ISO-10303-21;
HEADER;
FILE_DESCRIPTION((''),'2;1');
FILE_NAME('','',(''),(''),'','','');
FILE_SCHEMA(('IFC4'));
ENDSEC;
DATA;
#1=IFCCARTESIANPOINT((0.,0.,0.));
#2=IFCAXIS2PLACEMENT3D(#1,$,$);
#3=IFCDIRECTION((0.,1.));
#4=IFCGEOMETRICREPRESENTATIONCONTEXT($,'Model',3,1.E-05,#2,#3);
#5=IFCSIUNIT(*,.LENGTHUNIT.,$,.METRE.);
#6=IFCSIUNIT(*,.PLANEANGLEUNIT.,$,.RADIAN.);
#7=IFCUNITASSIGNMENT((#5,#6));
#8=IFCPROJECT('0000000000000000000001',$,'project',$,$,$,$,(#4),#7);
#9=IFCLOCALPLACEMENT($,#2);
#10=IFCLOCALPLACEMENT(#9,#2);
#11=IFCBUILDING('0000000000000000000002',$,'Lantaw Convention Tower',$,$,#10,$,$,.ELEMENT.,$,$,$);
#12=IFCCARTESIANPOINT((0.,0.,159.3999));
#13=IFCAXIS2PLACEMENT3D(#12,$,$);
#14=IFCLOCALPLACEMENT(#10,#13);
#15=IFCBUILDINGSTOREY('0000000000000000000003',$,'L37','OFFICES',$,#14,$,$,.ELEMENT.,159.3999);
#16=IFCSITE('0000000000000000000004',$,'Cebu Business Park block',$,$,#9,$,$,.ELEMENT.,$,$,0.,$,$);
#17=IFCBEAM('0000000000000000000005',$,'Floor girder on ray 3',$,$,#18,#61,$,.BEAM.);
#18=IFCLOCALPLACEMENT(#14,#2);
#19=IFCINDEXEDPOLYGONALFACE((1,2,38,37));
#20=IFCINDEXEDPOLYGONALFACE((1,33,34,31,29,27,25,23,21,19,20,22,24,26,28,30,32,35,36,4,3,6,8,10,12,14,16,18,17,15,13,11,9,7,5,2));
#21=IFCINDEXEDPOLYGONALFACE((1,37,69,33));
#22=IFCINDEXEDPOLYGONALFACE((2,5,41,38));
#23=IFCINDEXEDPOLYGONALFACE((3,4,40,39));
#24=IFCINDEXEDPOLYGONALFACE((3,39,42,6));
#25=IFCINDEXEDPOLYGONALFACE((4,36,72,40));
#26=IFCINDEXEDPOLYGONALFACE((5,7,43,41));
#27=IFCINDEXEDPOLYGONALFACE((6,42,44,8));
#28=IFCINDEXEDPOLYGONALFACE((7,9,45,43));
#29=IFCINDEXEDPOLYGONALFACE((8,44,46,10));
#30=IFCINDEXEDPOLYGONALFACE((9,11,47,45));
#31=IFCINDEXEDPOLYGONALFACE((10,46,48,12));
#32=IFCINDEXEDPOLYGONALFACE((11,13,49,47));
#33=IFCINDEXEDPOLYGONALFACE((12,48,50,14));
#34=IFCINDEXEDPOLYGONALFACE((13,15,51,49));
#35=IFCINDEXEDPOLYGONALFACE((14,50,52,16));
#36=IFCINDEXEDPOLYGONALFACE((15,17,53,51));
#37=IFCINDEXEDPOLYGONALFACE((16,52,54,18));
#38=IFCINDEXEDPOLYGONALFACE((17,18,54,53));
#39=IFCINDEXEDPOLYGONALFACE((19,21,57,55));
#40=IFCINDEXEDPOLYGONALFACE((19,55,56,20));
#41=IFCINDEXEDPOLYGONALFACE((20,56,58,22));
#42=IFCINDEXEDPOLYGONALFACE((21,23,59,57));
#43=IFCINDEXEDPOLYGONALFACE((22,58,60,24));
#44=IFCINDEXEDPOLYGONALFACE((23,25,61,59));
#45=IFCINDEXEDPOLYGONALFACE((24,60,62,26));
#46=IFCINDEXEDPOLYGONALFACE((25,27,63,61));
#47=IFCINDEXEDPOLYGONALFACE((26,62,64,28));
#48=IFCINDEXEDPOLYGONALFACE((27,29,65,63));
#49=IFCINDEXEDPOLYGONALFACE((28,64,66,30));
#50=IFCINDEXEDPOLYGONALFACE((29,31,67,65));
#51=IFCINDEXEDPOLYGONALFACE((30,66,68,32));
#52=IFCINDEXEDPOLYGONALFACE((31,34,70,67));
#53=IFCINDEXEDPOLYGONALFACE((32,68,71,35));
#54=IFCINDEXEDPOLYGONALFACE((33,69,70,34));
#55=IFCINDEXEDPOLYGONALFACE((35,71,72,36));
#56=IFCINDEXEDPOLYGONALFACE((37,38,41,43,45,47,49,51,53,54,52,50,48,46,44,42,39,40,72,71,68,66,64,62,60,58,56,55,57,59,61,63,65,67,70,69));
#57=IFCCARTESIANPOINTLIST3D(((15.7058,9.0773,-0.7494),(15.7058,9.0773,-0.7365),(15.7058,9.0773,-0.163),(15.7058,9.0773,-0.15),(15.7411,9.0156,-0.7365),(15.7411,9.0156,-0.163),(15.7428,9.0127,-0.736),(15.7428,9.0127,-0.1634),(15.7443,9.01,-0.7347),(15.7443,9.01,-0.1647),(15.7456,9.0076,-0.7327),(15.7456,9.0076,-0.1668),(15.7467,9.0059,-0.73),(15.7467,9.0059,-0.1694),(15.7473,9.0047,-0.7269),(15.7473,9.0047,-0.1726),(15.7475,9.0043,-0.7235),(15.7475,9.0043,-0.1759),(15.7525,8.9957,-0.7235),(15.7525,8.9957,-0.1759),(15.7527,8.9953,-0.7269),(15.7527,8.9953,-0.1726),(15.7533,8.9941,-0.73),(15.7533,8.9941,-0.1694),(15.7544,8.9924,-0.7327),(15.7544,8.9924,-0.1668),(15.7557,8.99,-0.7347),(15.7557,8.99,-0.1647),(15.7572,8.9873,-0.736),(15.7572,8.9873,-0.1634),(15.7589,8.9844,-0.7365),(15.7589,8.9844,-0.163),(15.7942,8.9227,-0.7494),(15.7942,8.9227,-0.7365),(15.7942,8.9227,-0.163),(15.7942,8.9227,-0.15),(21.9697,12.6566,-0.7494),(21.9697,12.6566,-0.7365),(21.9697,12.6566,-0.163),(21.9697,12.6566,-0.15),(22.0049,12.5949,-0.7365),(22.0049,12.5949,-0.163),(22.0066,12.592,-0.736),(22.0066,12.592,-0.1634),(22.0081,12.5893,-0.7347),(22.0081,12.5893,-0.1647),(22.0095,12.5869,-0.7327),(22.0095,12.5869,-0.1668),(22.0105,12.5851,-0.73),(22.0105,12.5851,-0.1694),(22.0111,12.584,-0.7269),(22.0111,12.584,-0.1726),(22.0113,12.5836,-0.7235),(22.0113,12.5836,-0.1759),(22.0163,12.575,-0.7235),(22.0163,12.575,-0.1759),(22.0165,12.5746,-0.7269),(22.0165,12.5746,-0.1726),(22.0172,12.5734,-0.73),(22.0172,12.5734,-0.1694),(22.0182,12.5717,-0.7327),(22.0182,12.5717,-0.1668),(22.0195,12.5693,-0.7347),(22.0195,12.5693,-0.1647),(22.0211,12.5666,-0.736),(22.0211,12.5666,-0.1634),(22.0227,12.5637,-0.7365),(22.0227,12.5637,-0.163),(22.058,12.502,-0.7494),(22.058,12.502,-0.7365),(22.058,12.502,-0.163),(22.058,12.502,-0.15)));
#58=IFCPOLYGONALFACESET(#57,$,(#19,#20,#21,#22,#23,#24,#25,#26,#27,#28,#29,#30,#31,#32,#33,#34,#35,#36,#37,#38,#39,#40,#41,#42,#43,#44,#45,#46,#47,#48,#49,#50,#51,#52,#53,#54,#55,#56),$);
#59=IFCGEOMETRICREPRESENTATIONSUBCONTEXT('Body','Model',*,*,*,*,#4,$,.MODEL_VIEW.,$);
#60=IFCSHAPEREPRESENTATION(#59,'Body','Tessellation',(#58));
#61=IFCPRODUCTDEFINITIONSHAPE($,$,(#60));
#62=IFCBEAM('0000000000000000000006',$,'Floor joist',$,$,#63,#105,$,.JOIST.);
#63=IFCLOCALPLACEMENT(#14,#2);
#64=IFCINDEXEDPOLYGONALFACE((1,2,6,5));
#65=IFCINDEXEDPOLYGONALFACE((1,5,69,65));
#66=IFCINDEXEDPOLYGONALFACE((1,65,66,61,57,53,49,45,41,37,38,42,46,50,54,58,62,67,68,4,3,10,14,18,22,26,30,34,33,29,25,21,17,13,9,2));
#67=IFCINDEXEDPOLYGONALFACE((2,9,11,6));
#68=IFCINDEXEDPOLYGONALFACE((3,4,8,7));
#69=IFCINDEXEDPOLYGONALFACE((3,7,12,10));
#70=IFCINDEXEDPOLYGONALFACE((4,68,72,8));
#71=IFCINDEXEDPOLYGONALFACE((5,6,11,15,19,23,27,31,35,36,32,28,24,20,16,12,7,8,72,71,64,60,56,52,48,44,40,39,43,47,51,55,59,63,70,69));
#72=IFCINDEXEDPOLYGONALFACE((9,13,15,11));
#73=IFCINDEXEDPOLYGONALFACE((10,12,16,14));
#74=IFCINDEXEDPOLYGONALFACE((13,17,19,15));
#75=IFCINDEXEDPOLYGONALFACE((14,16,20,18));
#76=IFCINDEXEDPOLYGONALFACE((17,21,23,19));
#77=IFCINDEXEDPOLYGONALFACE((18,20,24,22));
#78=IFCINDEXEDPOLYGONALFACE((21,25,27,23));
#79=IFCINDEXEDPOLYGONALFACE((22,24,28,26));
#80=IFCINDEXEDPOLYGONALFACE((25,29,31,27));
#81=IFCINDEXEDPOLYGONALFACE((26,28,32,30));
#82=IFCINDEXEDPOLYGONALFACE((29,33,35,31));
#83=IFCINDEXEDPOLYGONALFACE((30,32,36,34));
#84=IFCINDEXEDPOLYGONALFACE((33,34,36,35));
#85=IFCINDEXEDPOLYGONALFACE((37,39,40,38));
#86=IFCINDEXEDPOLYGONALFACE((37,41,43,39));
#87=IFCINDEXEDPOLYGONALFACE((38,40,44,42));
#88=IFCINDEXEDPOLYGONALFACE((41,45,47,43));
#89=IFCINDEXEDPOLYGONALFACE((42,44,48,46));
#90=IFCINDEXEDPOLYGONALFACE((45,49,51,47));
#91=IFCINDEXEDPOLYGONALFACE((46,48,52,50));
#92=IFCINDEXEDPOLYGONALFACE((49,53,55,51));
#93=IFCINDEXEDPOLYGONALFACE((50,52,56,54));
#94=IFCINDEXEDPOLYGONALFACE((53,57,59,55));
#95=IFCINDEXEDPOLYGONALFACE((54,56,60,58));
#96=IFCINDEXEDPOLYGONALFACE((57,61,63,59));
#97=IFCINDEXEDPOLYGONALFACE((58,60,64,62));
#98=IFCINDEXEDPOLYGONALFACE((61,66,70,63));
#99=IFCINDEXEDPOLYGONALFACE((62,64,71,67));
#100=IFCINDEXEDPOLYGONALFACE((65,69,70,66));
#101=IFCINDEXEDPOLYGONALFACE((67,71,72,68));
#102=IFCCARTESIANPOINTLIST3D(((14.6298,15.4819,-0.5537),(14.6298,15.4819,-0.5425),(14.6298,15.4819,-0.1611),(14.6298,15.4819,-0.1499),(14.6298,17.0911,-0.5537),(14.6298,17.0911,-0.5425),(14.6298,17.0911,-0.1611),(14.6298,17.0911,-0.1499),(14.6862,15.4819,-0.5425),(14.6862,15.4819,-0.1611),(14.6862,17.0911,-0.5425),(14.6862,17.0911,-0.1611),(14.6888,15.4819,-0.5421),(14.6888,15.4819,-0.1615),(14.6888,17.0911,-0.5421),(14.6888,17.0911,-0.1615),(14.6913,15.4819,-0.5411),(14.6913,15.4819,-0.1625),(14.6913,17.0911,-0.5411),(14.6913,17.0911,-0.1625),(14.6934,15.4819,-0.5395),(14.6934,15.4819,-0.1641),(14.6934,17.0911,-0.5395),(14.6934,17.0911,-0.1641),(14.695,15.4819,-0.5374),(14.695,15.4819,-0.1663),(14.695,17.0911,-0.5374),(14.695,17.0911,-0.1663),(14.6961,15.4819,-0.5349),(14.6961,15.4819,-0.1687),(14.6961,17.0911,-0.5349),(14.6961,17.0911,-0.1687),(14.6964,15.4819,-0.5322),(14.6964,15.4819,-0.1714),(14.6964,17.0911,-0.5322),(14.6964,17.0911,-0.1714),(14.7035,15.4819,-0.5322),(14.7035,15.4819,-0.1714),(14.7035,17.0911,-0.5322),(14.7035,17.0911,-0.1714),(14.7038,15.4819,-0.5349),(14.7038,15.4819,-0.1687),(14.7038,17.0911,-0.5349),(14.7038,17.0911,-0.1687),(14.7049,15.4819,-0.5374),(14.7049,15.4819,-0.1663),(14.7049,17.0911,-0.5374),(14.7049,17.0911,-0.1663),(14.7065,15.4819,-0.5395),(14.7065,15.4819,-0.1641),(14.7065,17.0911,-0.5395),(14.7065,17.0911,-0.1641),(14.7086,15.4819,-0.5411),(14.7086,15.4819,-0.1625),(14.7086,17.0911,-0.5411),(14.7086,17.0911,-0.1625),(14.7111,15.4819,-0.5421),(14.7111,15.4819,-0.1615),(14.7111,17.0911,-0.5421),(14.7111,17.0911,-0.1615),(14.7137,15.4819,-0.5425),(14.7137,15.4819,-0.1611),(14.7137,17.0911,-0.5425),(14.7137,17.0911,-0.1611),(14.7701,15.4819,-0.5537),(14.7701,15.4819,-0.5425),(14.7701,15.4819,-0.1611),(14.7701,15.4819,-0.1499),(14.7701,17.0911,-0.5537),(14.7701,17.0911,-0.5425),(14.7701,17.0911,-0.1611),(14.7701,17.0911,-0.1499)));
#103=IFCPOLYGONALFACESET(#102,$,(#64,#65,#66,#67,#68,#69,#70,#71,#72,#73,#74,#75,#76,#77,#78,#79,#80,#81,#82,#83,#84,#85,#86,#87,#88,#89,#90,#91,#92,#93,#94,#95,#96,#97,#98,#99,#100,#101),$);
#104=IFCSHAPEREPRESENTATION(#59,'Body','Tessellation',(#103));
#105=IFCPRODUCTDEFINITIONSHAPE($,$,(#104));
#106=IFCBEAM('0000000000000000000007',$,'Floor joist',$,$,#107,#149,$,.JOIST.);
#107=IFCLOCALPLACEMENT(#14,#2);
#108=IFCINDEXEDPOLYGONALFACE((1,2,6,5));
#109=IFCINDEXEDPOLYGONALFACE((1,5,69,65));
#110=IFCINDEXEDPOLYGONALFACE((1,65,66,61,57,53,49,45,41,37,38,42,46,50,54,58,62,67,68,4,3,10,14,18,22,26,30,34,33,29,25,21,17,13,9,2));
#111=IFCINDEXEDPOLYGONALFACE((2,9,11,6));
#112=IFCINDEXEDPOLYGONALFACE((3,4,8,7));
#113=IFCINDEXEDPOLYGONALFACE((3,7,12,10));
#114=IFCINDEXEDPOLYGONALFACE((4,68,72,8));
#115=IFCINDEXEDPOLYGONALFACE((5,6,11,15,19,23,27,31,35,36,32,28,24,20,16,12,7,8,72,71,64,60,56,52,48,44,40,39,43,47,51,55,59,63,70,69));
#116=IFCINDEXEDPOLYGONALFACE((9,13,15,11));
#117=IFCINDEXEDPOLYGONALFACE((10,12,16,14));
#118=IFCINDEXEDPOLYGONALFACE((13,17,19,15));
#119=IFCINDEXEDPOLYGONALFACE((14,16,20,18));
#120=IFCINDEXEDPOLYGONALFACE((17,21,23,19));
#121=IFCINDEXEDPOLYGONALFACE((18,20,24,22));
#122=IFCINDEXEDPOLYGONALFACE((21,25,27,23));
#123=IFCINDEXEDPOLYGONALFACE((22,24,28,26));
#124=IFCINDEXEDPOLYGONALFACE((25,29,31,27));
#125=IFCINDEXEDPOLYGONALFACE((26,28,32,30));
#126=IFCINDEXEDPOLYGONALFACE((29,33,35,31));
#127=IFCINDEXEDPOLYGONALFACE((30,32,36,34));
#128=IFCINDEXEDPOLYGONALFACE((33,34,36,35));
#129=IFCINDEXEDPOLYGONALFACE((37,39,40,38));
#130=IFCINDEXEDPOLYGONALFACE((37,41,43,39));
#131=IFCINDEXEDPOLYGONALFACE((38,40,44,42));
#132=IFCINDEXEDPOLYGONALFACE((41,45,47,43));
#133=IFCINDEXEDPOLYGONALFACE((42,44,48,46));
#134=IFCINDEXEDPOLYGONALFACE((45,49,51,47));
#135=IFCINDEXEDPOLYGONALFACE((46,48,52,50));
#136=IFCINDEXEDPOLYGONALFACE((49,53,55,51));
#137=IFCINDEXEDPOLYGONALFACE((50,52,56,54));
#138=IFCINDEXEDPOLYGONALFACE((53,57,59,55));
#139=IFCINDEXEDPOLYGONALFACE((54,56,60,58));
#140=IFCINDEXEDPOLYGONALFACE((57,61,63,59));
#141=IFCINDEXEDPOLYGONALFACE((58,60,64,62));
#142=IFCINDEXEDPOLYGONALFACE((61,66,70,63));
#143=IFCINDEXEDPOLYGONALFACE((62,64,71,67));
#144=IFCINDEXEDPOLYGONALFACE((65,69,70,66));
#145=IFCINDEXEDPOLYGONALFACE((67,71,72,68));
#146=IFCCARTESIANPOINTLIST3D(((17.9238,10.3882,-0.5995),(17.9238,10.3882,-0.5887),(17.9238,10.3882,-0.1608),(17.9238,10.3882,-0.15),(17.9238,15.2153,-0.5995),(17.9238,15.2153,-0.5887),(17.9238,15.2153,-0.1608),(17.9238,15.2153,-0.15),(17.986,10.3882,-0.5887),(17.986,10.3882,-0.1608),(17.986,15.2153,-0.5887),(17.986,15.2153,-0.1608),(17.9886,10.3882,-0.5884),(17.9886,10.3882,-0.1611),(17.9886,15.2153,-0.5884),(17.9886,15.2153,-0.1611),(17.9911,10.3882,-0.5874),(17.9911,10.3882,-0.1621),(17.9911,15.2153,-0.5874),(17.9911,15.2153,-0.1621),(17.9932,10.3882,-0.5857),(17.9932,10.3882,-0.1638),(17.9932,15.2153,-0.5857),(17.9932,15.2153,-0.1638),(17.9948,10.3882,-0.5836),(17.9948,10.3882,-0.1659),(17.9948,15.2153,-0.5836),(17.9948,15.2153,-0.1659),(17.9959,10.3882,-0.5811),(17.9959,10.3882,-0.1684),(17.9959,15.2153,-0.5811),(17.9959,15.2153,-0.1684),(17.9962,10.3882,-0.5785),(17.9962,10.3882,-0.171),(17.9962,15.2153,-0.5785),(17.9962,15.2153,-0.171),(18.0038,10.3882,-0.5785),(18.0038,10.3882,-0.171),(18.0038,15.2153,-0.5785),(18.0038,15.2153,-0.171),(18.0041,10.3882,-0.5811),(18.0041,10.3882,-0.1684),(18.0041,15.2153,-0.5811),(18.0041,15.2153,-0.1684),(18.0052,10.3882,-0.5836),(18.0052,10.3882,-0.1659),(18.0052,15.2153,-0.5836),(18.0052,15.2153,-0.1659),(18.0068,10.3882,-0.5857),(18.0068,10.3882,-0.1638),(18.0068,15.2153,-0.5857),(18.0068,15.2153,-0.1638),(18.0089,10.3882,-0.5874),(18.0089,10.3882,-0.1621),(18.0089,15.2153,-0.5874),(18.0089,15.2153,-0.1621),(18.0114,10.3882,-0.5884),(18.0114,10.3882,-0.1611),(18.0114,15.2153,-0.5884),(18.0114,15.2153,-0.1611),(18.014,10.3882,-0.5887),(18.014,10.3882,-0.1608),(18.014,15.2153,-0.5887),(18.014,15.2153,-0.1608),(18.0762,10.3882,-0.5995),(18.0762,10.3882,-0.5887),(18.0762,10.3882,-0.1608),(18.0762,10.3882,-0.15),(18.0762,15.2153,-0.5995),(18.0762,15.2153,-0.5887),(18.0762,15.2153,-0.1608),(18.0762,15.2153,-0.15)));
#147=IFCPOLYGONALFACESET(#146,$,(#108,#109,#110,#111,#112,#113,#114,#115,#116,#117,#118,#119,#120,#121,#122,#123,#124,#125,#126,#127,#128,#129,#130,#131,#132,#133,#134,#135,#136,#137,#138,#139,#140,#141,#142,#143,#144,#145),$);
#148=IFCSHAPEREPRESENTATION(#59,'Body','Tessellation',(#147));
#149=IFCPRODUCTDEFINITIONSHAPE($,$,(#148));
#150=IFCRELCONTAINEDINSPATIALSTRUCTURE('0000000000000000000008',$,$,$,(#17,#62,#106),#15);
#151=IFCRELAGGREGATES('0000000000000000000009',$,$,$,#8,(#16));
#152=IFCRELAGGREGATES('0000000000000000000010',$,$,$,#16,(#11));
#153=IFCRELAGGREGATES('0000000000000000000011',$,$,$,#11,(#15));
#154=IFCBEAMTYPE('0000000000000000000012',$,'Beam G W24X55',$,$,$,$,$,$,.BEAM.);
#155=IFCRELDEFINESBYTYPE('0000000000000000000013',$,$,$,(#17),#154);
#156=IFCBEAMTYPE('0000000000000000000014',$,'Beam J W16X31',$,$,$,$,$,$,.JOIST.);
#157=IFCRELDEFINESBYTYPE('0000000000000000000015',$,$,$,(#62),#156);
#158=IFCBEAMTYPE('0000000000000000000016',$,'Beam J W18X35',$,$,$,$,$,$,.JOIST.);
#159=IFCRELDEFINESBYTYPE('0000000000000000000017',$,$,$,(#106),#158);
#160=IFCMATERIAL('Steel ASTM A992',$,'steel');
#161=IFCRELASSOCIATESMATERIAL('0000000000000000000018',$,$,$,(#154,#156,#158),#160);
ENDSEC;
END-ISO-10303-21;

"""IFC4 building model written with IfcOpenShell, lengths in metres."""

from ifc_helpers import new_model, si_unit, direction, frame, origin, origin_2d, place, context, subcontext, project, spatial, i_section, extrude, material, material_profile, profile_set, type_object, element, save


model = new_model("IFC4")

# Units and contexts
model_context = context("Model", 3, precision=1e-05, world=origin(), true_north=direction((0.0, 1.0)))
body_context = subcontext(model_context, "Body", "Model", "MODEL_VIEW")
ifc_project = project(units=[si_unit("LENGTHUNIT", "METRE"), si_unit("PLANEANGLEUNIT", "RADIAN")], contexts=[model_context])

# Site, building, storey
site_placement = place(None, origin())
site = spatial("IfcSite", under=ifc_project, at=site_placement, Name="Cebu Business Park block", CompositionType="ELEMENT", RefElevation=0.0)
building_placement = place(site_placement, origin())
building = spatial("IfcBuilding", under=site, at=building_placement, Name="Lantaw Convention Tower", CompositionType="ELEMENT")
storey_placement = place(building_placement, frame((0.0, 0.0, 159.3999)))
storey = spatial("IfcBuildingStorey", under=building, at=storey_placement, Name="L37", Description="OFFICES", CompositionType="ELEMENT", Elevation=159.3999)

# Beams
ifc_material_1 = material(Name="Steel ASTM A992", Category="steel")
ifc_material_profile_1 = material_profile(ifc_material_1, i_section(OverallWidth=0.178, OverallDepth=0.5994, WebThickness=0.01, FlangeThickness=0.0129, FilletRadius=0.0129, at=origin_2d()), Name="W24X55")
ifc_profile_set_1 = profile_set([ifc_material_profile_1], Name="Steel ASTM A992")
beam_type_1 = type_object("IfcBeamType", Name="Beam G W24X55", PredefinedType="BEAM", material=ifc_profile_set_1)
beam_1_placement = place(storey_placement, frame((15.75, 9.0, -0.4497), z_axis=(0.868245, 0.496135, 0.0), x_axis=(-0.496135, 0.868245, 0.0)))
element("IfcBeam", 1, at=beam_1_placement, inside=storey, type_object=beam_type_1, Name="Floor girder on ray 3", PredefinedType="BEAM", context=body_context, shape_type="SweptSolid", body=[
    extrude(i_section(OverallWidth=0.178, OverallDepth=0.5994, WebThickness=0.01, FlangeThickness=0.0129, FilletRadius=0.0129, at=origin_2d()), origin(), (0.0, 0.0, 1.0), 7.2144),
])
ifc_material_profile_2 = material_profile(ifc_material_1, i_section(OverallWidth=0.1404, OverallDepth=0.4038, WebThickness=0.0071, FlangeThickness=0.0112, FilletRadius=0.0103, at=origin_2d()), Name="W16X31")
ifc_profile_set_2 = profile_set([ifc_material_profile_2], Name="Steel ASTM A992")
beam_type_2 = type_object("IfcBeamType", Name="Beam J W16X31", PredefinedType="JOIST", material=ifc_profile_set_2)
beam_2_placement = place(storey_placement, frame((14.7, 15.4819, -0.3518), z_axis=(0.0, 1.0, 0.0), x_axis=(-1.0, 0.0, 0.0)))
element("IfcBeam", 2, at=beam_2_placement, inside=storey, type_object=beam_type_2, Name="Floor joist", PredefinedType="JOIST", context=body_context, shape_type="SweptSolid", body=[
    extrude(i_section(OverallWidth=0.1404, OverallDepth=0.4038, WebThickness=0.0071, FlangeThickness=0.0112, FilletRadius=0.0103, at=origin_2d()), origin(), (0.0, 0.0, 1.0), 1.6091),
])
ifc_material_profile_3 = material_profile(ifc_material_1, i_section(OverallWidth=0.1523, OverallDepth=0.4495, WebThickness=0.0076, FlangeThickness=0.0107, FilletRadius=0.0103, at=origin_2d()), Name="W18X35")
ifc_profile_set_3 = profile_set([ifc_material_profile_3], Name="Steel ASTM A992")
beam_type_3 = type_object("IfcBeamType", Name="Beam J W18X35", PredefinedType="JOIST", material=ifc_profile_set_3)
beam_3_placement = place(storey_placement, frame((18.0, 10.3882, -0.3748), z_axis=(0.0, 1.0, 0.0), x_axis=(-1.0, 0.0, 0.0)))
element("IfcBeam", 3, at=beam_3_placement, inside=storey, type_object=beam_type_3, Name="Floor joist", PredefinedType="JOIST", context=body_context, shape_type="SweptSolid", body=[
    extrude(i_section(OverallWidth=0.1523, OverallDepth=0.4495, WebThickness=0.0076, FlangeThickness=0.0107, FilletRadius=0.0103, at=origin_2d()), origin(), (0.0, 0.0, 1.0), 4.8271),
])

save(model, "model.ifc")
